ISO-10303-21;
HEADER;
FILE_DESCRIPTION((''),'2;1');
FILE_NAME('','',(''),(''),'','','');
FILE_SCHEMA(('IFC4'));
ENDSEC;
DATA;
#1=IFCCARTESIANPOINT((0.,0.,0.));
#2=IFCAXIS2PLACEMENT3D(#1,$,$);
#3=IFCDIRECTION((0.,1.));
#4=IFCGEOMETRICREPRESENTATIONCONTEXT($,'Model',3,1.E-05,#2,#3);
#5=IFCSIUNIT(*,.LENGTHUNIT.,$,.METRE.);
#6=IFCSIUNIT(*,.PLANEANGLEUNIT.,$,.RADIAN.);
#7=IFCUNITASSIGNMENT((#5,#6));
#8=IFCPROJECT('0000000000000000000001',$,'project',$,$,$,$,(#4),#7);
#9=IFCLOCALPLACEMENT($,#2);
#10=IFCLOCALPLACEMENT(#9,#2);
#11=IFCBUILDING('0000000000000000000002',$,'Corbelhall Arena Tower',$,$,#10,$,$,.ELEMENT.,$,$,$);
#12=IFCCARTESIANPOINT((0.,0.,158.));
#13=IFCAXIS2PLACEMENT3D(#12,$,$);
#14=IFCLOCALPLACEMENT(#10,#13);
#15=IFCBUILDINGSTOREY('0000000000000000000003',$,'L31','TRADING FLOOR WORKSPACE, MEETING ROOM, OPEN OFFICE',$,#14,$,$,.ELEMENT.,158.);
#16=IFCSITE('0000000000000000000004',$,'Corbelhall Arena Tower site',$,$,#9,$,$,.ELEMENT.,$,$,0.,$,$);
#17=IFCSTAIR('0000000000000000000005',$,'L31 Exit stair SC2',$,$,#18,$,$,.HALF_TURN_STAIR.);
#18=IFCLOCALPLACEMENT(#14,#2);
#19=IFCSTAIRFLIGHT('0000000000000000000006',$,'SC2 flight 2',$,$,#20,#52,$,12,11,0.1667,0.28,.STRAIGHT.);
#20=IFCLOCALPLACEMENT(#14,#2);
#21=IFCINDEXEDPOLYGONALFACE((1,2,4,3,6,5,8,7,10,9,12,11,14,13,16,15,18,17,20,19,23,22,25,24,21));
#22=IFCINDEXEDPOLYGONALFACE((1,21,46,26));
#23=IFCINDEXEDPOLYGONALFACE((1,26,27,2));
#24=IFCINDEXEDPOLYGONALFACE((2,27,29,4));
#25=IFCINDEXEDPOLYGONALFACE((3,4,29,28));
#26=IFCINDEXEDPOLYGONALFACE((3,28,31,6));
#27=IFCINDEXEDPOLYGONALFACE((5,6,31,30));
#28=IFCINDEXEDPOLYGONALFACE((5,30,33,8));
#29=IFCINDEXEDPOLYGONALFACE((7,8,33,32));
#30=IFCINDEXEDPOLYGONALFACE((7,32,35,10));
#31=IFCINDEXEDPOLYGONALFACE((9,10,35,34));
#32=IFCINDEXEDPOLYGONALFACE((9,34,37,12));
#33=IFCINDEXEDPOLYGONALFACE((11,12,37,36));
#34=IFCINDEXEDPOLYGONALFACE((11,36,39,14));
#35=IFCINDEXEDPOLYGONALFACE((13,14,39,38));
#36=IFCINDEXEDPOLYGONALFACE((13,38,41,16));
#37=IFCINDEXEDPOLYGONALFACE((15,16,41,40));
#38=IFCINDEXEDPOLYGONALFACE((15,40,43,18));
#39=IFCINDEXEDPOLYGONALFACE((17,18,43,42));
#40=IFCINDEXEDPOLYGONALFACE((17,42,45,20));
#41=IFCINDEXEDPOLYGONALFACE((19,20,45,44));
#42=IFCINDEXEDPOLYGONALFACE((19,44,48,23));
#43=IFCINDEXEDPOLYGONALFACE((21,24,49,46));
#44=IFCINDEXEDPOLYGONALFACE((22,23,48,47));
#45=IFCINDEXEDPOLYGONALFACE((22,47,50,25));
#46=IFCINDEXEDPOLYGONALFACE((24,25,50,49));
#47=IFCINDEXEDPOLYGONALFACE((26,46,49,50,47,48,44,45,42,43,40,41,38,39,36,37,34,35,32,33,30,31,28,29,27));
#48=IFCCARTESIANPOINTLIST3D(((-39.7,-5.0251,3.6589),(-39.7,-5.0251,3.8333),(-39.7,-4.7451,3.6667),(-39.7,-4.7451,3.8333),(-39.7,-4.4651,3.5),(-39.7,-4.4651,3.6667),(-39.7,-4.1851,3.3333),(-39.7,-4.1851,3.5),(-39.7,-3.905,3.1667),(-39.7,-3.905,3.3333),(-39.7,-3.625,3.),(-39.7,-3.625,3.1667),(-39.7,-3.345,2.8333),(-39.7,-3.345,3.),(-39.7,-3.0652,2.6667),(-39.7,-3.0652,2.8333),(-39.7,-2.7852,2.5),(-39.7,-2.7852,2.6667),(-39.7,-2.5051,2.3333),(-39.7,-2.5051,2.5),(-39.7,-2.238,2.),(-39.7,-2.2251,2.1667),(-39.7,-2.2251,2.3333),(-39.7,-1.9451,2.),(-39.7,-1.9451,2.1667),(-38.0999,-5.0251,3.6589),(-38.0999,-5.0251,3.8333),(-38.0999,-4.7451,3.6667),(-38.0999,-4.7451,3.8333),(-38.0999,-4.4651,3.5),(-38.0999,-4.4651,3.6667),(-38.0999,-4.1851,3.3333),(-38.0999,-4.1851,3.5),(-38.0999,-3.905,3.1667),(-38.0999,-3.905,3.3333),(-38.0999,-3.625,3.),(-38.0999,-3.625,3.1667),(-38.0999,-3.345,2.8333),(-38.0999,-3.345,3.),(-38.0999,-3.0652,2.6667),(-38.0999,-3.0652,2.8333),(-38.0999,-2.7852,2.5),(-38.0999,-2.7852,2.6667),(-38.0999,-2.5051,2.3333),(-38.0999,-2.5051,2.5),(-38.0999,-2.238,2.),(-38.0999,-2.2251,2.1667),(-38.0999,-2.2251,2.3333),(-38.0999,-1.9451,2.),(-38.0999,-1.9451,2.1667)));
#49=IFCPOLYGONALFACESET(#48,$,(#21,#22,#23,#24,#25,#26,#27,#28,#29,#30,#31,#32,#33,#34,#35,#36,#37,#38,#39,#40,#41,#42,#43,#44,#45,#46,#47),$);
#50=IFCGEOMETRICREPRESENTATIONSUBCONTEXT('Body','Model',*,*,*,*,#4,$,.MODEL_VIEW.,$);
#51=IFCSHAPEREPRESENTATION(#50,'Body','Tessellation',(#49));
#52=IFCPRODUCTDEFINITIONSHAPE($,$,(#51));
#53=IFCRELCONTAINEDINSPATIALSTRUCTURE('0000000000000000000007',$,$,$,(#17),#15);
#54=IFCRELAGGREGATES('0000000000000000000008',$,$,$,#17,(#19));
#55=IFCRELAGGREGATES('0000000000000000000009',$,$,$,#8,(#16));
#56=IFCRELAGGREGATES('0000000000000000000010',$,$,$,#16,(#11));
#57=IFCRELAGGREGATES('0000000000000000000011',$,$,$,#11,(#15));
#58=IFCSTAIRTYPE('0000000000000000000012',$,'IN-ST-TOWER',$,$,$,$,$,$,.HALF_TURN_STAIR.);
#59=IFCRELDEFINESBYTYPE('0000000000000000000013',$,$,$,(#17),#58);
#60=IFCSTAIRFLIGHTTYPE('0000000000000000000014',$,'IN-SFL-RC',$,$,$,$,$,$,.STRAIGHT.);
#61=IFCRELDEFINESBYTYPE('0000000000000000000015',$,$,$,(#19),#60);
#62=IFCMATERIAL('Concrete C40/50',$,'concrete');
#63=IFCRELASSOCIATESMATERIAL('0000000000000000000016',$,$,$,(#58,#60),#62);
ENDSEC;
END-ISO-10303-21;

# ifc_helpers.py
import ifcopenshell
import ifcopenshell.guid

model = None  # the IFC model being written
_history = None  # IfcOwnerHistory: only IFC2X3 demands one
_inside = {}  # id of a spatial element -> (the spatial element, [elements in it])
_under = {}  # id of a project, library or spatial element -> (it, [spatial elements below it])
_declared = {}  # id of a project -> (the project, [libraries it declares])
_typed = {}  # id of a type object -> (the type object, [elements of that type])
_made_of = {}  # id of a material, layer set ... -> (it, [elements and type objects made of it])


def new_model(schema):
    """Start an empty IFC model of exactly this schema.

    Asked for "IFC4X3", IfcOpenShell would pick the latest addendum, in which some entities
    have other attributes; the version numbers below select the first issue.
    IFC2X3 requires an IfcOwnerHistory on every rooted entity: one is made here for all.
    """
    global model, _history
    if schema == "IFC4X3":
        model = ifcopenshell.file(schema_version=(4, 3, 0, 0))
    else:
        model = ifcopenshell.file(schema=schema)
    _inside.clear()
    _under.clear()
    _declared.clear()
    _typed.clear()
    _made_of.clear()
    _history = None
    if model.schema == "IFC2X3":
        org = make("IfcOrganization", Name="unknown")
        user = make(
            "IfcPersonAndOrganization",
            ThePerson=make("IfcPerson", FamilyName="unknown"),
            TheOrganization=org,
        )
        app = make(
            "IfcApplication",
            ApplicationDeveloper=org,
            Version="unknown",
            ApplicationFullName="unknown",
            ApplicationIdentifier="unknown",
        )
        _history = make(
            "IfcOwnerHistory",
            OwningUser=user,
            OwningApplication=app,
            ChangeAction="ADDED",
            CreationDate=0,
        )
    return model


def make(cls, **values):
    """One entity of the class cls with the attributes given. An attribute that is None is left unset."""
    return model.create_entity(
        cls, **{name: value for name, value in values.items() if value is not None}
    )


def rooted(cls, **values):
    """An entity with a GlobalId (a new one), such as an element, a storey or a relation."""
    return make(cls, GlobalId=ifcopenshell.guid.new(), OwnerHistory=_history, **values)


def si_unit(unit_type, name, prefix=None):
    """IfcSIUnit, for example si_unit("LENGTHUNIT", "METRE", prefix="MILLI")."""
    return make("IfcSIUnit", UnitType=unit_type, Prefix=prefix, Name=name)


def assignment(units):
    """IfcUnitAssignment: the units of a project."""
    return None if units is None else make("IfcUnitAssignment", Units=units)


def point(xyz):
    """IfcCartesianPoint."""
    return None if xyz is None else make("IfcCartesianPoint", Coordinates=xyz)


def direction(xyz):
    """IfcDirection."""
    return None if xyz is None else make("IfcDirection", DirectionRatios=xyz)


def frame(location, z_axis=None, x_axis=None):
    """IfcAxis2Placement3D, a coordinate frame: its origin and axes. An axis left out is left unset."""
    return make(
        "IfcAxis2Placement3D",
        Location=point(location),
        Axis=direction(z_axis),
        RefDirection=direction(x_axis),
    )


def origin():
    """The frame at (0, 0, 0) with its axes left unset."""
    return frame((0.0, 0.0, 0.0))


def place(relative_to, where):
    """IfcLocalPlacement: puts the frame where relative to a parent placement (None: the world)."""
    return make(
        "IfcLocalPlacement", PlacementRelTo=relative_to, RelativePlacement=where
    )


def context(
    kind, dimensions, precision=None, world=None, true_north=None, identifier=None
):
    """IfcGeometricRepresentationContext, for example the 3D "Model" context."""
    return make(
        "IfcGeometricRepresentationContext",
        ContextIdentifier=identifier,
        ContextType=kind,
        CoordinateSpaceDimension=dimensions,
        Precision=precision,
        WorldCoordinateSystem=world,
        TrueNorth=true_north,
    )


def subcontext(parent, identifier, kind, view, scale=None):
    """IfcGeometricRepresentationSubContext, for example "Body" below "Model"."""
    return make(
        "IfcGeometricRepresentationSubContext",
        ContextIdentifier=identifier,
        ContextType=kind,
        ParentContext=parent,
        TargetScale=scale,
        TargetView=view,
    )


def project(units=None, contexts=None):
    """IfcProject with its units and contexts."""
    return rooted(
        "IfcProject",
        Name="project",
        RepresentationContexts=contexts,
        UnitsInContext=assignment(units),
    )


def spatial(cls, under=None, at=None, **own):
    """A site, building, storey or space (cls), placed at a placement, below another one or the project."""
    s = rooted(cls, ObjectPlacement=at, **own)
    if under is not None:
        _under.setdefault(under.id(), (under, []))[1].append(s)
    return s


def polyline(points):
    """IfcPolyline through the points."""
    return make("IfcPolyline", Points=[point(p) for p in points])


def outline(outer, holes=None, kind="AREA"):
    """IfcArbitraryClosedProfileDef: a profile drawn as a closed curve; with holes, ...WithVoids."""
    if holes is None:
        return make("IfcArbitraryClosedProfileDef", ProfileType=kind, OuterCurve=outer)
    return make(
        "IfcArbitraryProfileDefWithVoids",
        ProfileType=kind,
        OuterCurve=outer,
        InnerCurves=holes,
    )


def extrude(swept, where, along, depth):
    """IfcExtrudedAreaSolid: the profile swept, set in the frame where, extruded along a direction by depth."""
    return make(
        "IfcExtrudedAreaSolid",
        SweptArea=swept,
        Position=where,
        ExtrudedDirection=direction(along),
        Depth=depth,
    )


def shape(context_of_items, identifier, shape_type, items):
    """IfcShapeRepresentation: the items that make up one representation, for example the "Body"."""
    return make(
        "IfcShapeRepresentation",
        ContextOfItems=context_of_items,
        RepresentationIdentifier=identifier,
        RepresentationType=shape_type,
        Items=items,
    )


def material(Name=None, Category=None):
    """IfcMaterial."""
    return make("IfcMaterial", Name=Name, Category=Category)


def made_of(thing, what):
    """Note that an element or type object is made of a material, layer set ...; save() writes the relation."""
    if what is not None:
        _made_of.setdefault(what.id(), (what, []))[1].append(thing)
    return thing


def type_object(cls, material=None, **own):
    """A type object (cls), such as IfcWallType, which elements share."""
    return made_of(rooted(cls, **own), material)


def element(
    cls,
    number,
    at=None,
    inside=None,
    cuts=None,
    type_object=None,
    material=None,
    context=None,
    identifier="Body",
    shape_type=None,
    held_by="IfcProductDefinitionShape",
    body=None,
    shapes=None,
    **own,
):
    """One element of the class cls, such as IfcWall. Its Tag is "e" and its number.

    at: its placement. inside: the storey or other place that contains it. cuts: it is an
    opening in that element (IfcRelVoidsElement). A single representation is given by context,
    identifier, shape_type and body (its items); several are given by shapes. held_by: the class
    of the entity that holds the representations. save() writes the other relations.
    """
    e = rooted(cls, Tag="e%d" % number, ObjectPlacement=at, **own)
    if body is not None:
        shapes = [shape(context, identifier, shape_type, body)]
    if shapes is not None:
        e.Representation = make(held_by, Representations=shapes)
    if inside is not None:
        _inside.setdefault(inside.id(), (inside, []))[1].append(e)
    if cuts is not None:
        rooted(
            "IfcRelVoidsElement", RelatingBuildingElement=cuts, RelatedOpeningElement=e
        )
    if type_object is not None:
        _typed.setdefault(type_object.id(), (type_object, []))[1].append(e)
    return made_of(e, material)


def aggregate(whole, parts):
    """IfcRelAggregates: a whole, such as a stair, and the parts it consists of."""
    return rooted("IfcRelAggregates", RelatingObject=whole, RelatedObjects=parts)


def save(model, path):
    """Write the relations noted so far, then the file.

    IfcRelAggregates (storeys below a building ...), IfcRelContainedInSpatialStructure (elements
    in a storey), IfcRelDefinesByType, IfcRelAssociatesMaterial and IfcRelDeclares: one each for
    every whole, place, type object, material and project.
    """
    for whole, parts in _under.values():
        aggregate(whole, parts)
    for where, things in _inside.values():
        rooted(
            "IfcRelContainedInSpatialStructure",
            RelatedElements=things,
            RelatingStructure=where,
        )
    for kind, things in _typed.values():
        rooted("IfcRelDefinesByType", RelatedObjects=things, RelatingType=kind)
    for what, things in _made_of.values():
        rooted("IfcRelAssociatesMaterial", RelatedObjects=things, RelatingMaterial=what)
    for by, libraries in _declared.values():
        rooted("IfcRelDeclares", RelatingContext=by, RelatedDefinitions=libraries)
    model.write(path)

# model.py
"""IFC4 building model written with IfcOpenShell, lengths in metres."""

from ifc_helpers import new_model, si_unit, direction, frame, origin, place, context, subcontext, project, spatial, polyline, outline, extrude, material, type_object, element, aggregate, save


model = new_model("IFC4")

# Units and contexts
model_context = context("Model", 3, precision=1e-05, world=origin(), true_north=direction((0.0, 1.0)))
body_context = subcontext(model_context, "Body", "Model", "MODEL_VIEW")
ifc_project = project(units=[si_unit("LENGTHUNIT", "METRE"), si_unit("PLANEANGLEUNIT", "RADIAN")], contexts=[model_context])

# Site, building, storey
site_placement = place(None, origin())
site = spatial("IfcSite", under=ifc_project, at=site_placement, Name="Corbelhall Arena Tower site", CompositionType="ELEMENT", RefElevation=0.0)
building_placement = place(site_placement, origin())
building = spatial("IfcBuilding", under=site, at=building_placement, Name="Corbelhall Arena Tower", CompositionType="ELEMENT")
storey_placement = place(building_placement, frame((0.0, 0.0, 158.0)))
storey = spatial("IfcBuildingStorey", under=building, at=storey_placement, Name="L31", Description="TRADING FLOOR WORKSPACE, MEETING ROOM, OPEN OFFICE", CompositionType="ELEMENT", Elevation=158.0)

# Shared definitions
ifc_material_1 = material(Name="Concrete C40/50", Category="concrete")

# Stair, stair flight
stair_type = type_object("IfcStairType", Name="IN-ST-TOWER", PredefinedType="HALF_TURN_STAIR", material=ifc_material_1)
stair_placement = place(storey_placement, origin())
stair = element("IfcStair", 1, at=stair_placement, inside=storey, type_object=stair_type, Name="L31 Exit stair SC2", PredefinedType="HALF_TURN_STAIR")
stair_flight_type = type_object("IfcStairFlightType", Name="IN-SFL-RC", PredefinedType="STRAIGHT", material=ifc_material_1)
stair_flight_1_placement = place(storey_placement, frame((-38.8999, -1.9451, 2.0), z_axis=(0.0, 0.0, 1.0), x_axis=(0.0, -1.0, 0.0)))
stair_flight_1 = element("IfcStairFlight", 2, at=stair_flight_1_placement, type_object=stair_flight_type, Name="SC2 flight 2", NumberOfRisers=12, NumberOfTreads=11, PredefinedType="STRAIGHT", RiserHeight=0.1667, TreadLength=0.28, context=body_context, shape_type="SweptSolid", body=[
    extrude(outline(polyline([(0.0, 0.0), (0.0, 0.1667), (0.28, 0.1667), (0.28, 0.3333), (0.5601, 0.3333), (0.5601, 0.5), (0.8401, 0.5), (0.8401, 0.6667), (1.1201, 0.6667), (1.1201, 0.8333), (1.3999, 0.8333), (1.3999, 1.0), (1.6799, 1.0), (1.6799, 1.1667), (1.96, 1.1667), (1.96, 1.3333), (2.24, 1.3333), (2.24, 1.5), (2.52, 1.5), (2.52, 1.6667), (2.8, 1.6667), (2.8, 1.8333), (3.0801, 1.8333), (3.0801, 2.0), (3.0801, 1.6589), (0.293, 0.0), (0.0, 0.0)])), frame((0.0, 0.8, 0.0), z_axis=(0.0, -1.0, 0.0), x_axis=(1.0, 0.0, 0.0)), (0.0, 0.0, 1.0), 1.6001),
])
aggregate(stair, [stair_flight_1])

save(model, "model.ifc")
